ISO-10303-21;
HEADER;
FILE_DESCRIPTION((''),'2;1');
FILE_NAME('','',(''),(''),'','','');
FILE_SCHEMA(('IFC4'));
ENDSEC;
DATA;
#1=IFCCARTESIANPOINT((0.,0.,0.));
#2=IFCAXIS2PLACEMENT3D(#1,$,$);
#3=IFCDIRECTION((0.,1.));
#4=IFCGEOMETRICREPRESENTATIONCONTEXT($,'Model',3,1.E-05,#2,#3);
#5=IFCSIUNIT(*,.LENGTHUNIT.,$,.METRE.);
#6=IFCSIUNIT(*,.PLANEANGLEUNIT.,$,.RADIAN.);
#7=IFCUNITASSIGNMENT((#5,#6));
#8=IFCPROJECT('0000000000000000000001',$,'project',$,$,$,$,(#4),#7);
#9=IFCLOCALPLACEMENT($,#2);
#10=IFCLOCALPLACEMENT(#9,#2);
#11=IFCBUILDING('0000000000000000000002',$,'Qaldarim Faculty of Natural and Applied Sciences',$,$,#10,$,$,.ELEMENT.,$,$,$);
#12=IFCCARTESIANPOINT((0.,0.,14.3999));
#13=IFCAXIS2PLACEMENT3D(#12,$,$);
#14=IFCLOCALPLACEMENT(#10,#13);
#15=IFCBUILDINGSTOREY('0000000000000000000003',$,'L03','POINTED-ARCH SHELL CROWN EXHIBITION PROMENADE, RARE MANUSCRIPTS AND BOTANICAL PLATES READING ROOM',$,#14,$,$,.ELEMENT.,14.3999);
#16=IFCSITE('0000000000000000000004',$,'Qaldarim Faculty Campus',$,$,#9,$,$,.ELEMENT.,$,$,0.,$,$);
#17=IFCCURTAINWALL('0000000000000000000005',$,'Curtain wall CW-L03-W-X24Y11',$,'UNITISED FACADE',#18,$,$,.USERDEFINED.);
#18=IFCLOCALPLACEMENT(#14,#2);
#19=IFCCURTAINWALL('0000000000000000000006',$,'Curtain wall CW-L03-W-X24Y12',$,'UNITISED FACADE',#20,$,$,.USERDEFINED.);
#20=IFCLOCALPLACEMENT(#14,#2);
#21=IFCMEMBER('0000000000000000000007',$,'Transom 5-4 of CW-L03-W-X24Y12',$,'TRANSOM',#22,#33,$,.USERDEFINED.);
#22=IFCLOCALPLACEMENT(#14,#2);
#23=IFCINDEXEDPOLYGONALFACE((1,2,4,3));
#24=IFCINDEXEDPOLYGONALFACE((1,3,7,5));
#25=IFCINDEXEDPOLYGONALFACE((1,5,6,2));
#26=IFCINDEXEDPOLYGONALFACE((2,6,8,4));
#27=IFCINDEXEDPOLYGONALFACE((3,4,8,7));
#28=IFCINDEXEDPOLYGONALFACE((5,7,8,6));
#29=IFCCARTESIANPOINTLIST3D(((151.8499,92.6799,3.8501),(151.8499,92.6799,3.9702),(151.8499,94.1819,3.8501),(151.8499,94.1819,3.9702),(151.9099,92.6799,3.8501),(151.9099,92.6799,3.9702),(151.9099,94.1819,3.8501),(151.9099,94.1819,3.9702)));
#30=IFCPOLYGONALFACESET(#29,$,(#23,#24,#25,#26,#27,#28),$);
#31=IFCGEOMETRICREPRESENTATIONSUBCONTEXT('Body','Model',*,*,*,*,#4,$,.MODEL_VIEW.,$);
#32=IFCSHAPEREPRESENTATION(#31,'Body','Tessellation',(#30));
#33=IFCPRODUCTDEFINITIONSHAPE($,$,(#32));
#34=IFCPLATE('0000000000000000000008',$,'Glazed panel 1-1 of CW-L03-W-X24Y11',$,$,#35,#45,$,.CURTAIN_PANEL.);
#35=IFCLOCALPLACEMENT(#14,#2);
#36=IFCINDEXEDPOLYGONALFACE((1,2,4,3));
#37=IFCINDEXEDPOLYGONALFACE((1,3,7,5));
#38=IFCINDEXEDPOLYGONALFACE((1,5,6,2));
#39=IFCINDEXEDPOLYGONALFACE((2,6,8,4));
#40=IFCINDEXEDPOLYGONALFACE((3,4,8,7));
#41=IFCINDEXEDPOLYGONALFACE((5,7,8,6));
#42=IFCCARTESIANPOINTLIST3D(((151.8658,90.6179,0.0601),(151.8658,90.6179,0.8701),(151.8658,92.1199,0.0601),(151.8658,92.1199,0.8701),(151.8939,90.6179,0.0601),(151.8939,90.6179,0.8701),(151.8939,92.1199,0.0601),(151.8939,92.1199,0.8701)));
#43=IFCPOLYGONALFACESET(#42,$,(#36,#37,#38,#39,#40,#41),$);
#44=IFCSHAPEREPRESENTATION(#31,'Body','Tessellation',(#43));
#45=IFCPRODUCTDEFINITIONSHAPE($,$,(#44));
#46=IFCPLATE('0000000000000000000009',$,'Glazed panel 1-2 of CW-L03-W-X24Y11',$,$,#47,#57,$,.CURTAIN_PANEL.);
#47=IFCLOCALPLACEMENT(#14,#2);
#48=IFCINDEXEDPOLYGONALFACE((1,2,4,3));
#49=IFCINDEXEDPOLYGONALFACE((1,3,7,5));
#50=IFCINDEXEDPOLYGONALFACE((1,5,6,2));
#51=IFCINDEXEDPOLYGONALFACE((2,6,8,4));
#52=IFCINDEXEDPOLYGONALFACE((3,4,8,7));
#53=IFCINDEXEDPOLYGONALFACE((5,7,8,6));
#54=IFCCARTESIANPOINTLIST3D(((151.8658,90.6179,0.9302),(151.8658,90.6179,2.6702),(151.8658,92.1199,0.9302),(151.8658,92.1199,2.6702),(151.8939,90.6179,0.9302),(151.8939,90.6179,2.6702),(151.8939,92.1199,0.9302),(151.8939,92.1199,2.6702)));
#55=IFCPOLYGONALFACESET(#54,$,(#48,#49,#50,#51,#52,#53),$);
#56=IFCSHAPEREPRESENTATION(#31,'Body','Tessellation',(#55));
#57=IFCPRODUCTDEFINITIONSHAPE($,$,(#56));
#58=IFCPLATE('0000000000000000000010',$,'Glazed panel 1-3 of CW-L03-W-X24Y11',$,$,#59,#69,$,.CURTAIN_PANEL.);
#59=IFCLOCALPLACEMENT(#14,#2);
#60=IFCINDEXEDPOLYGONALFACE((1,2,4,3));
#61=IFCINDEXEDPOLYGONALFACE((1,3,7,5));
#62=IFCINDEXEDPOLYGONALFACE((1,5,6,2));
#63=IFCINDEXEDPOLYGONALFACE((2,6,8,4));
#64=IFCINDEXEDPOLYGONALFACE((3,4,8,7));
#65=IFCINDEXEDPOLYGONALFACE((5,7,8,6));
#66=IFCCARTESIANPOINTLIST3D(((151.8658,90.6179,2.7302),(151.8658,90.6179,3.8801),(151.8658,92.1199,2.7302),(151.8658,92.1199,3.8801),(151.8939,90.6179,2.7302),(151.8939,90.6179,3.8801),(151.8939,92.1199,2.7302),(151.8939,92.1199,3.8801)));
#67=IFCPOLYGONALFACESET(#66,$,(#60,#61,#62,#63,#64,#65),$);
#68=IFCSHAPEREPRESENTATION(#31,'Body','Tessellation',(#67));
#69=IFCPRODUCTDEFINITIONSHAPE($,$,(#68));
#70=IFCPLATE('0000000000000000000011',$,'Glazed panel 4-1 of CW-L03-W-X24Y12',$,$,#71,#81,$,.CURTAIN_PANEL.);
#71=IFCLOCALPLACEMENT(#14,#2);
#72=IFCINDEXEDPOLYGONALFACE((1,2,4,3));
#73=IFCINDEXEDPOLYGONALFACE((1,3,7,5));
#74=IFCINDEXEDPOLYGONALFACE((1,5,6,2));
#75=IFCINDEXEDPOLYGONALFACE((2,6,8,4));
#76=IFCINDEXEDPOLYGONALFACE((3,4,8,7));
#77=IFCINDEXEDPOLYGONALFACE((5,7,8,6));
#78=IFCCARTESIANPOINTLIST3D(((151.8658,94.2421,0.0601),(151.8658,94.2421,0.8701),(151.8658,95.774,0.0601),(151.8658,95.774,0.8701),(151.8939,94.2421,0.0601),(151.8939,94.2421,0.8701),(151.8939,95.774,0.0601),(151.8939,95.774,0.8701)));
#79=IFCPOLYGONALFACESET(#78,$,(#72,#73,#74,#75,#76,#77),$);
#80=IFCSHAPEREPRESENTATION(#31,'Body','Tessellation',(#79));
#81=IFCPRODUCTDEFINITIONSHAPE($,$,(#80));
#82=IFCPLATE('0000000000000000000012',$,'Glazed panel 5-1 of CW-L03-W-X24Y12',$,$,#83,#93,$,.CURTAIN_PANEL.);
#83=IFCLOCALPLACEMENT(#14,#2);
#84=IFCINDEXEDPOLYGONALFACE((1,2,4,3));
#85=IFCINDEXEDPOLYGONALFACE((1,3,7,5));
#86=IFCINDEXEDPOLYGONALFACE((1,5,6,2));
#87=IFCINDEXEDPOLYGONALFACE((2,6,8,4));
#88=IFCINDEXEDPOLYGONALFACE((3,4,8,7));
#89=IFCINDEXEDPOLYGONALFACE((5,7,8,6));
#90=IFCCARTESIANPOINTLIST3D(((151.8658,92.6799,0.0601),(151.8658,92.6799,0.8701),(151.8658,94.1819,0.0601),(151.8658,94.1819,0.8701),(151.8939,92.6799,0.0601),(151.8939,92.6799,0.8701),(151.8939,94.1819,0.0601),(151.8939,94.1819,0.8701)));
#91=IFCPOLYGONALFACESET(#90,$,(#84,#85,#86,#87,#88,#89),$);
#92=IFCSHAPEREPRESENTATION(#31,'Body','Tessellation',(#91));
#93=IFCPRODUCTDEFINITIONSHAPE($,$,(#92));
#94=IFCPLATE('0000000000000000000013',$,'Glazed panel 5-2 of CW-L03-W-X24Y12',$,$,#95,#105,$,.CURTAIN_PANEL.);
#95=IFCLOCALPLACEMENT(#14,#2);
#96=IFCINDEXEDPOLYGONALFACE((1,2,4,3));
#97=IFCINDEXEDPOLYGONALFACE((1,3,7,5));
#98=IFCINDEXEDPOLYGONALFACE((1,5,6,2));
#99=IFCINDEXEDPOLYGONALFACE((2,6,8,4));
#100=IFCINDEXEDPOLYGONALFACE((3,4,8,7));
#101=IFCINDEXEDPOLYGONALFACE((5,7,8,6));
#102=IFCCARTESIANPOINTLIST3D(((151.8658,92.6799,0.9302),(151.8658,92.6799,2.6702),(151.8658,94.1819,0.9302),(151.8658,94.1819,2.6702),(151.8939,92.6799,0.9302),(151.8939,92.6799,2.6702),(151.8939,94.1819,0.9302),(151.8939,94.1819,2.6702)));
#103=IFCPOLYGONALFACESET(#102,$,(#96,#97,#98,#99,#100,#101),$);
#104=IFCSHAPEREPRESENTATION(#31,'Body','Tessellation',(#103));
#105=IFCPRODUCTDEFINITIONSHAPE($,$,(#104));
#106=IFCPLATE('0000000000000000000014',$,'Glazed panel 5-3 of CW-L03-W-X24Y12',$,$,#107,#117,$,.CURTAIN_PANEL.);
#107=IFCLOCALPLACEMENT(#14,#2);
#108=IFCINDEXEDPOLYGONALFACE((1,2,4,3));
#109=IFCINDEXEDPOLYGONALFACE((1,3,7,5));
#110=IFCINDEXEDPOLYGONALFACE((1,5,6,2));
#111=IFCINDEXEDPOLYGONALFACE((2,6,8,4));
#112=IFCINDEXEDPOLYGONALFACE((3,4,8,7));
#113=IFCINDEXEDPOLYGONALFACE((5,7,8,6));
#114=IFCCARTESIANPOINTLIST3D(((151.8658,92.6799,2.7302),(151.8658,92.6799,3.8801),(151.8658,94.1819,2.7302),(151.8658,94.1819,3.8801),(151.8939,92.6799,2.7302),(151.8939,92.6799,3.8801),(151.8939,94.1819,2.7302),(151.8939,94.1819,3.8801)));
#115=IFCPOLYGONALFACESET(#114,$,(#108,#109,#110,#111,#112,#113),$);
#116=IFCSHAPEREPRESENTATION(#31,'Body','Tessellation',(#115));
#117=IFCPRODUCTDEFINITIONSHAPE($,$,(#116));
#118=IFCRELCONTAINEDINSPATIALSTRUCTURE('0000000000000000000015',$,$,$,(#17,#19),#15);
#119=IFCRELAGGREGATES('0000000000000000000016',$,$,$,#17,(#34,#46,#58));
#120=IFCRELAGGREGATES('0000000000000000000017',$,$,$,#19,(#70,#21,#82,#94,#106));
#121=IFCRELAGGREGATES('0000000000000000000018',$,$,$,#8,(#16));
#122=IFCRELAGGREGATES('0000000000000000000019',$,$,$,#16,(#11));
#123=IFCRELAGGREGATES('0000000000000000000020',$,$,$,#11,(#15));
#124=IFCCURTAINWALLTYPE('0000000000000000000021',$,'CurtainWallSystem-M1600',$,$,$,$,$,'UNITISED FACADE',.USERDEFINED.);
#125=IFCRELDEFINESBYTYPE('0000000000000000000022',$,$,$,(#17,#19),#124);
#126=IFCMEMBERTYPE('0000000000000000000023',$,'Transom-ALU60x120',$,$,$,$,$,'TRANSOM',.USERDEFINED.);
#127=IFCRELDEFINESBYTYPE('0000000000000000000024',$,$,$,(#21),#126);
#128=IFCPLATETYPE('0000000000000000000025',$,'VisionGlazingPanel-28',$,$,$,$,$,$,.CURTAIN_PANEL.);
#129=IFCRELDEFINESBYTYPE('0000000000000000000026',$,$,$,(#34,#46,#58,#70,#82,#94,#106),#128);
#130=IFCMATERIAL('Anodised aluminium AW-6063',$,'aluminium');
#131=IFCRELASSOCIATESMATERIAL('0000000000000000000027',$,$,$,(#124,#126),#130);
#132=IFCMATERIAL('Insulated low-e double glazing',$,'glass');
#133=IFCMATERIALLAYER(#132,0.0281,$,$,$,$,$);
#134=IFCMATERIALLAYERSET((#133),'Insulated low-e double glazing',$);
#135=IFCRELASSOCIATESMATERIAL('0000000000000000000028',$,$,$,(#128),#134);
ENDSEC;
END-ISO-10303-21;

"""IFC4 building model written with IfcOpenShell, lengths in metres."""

from ifc_helpers import new_model, si_unit, direction, frame, origin, origin_2d, place, context, subcontext, project, spatial, rectangle, extrude, material, layer, layer_set, material_profile, profile_set, type_object, element, aggregate, save


model = new_model("IFC4")

# Units and contexts
model_context = context("Model", 3, precision=1e-05, world=origin(), true_north=direction((0.0, 1.0)))
body_context = subcontext(model_context, "Body", "Model", "MODEL_VIEW")
ifc_project = project(units=[si_unit("LENGTHUNIT", "METRE"), si_unit("PLANEANGLEUNIT", "RADIAN")], contexts=[model_context])

# Site, building, storey
site_placement = place(None, origin())
site = spatial("IfcSite", under=ifc_project, at=site_placement, Name="Qaldarim Faculty Campus", CompositionType="ELEMENT", RefElevation=0.0)
building_placement = place(site_placement, origin())
building = spatial("IfcBuilding", under=site, at=building_placement, Name="Qaldarim Faculty of Natural and Applied Sciences", CompositionType="ELEMENT")
storey_placement = place(building_placement, frame((0.0, 0.0, 14.3999)))
storey = spatial("IfcBuildingStorey", under=building, at=storey_placement, Name="L03", Description="POINTED-ARCH SHELL CROWN EXHIBITION PROMENADE, RARE MANUSCRIPTS AND BOTANICAL PLATES READING ROOM", CompositionType="ELEMENT", Elevation=14.3999)

# Curtain walls
ifc_material_1 = material(Name="Anodised aluminium AW-6063", Category="aluminium")
curtain_wall_type = type_object("IfcCurtainWallType", Name="CurtainWallSystem-M1600", ElementType="UNITISED FACADE", PredefinedType="USERDEFINED", material=ifc_material_1)
curtain_wall_1_placement = place(storey_placement, origin())
curtain_wall_1 = element("IfcCurtainWall", 1, at=curtain_wall_1_placement, inside=storey, type_object=curtain_wall_type, Name="Curtain wall CW-L03-W-X24Y11", ObjectType="UNITISED FACADE", PredefinedType="USERDEFINED")
curtain_wall_2_placement = place(storey_placement, origin())
curtain_wall_2 = element("IfcCurtainWall", 2, at=curtain_wall_2_placement, inside=storey, type_object=curtain_wall_type, Name="Curtain wall CW-L03-W-X24Y12", ObjectType="UNITISED FACADE", PredefinedType="USERDEFINED")

# Member
ifc_material_profile_1 = material_profile(ifc_material_1, rectangle(XDim=0.0601, YDim=0.1201, at=origin_2d()), Name="ALU-T60x120")
ifc_profile_set_1 = profile_set([ifc_material_profile_1], Name="Anodised aluminium AW-6063")
member_type_1 = type_object("IfcMemberType", Name="Transom-ALU60x120", ElementType="TRANSOM", PredefinedType="USERDEFINED", material=ifc_profile_set_1)
member_1_placement = place(storey_placement, frame((151.8799, 94.1819, 3.9102), z_axis=(0.0, -1.0, 0.0), x_axis=(1.0, 0.0, 0.0)))
member_1 = element("IfcMember", 3, at=member_1_placement, type_object=member_type_1, Name="Transom 5-4 of CW-L03-W-X24Y12", ObjectType="TRANSOM", PredefinedType="USERDEFINED", context=body_context, shape_type="SweptSolid", body=[
    extrude(rectangle(XDim=0.0601, YDim=0.1201, at=origin_2d()), origin(), (0.0, 0.0, 1.0), 1.502),
])

# Plates
ifc_material_2 = material(Name="Insulated low-e double glazing", Category="glass")
ifc_layer = layer(ifc_material_2, 0.0281)
ifc_layer_set = layer_set([ifc_layer], Name="Insulated low-e double glazing")
plate_type = type_object("IfcPlateType", Name="VisionGlazingPanel-28", PredefinedType="CURTAIN_PANEL", material=ifc_layer_set)
plate_1_placement = place(storey_placement, frame((151.8799, 91.3689, 0.0601), z_axis=(0.0, 0.0, 1.0), x_axis=(0.0, -1.0, 0.0)))
plate_1 = element("IfcPlate", 4, at=plate_1_placement, type_object=plate_type, Name="Glazed panel 1-1 of CW-L03-W-X24Y11", PredefinedType="CURTAIN_PANEL", context=body_context, shape_type="SweptSolid", body=[
    extrude(rectangle(XDim=1.502, YDim=0.0281, at=origin_2d()), origin(), (0.0, 0.0, 1.0), 0.8101),
])
plate_2_placement = place(storey_placement, frame((151.8799, 91.3689, 0.9302), z_axis=(0.0, 0.0, 1.0), x_axis=(0.0, -1.0, 0.0)))
plate_2 = element("IfcPlate", 5, at=plate_2_placement, type_object=plate_type, Name="Glazed panel 1-2 of CW-L03-W-X24Y11", PredefinedType="CURTAIN_PANEL", context=body_context, shape_type="SweptSolid", body=[
    extrude(rectangle(XDim=1.502, YDim=0.0281, at=origin_2d()), origin(), (0.0, 0.0, 1.0), 1.74),
])
plate_3_placement = place(storey_placement, frame((151.8799, 91.3689, 2.7302), z_axis=(0.0, 0.0, 1.0), x_axis=(0.0, -1.0, 0.0)))
plate_3 = element("IfcPlate", 6, at=plate_3_placement, type_object=plate_type, Name="Glazed panel 1-3 of CW-L03-W-X24Y11", PredefinedType="CURTAIN_PANEL", context=body_context, shape_type="SweptSolid", body=[
    extrude(rectangle(XDim=1.502, YDim=0.0281, at=origin_2d()), origin(), (0.0, 0.0, 1.0), 1.1499),
])
aggregate(curtain_wall_1, [plate_1, plate_2, plate_3])
plate_4_placement = place(storey_placement, frame((151.8799, 95.0081, 0.0601), z_axis=(0.0, 0.0, 1.0), x_axis=(0.0, -1.0, 0.0)))
plate_4 = element("IfcPlate", 7, at=plate_4_placement, type_object=plate_type, Name="Glazed panel 4-1 of CW-L03-W-X24Y12", PredefinedType="CURTAIN_PANEL", context=body_context, shape_type="SweptSolid", body=[
    extrude(rectangle(XDim=1.532, YDim=0.0281, at=origin_2d()), origin(), (0.0, 0.0, 1.0), 0.8101),
])
plate_5_placement = place(storey_placement, frame((151.8799, 93.4309, 0.0601), z_axis=(0.0, 0.0, 1.0), x_axis=(0.0, -1.0, 0.0)))
plate_5 = element("IfcPlate", 8, at=plate_5_placement, type_object=plate_type, Name="Glazed panel 5-1 of CW-L03-W-X24Y12", PredefinedType="CURTAIN_PANEL", context=body_context, shape_type="SweptSolid", body=[
    extrude(rectangle(XDim=1.502, YDim=0.0281, at=origin_2d()), origin(), (0.0, 0.0, 1.0), 0.8101),
])
plate_6_placement = place(storey_placement, frame((151.8799, 93.4309, 0.9302), z_axis=(0.0, 0.0, 1.0), x_axis=(0.0, -1.0, 0.0)))
plate_6 = element("IfcPlate", 9, at=plate_6_placement, type_object=plate_type, Name="Glazed panel 5-2 of CW-L03-W-X24Y12", PredefinedType="CURTAIN_PANEL", context=body_context, shape_type="SweptSolid", body=[
    extrude(rectangle(XDim=1.502, YDim=0.0281, at=origin_2d()), origin(), (0.0, 0.0, 1.0), 1.74),
])
plate_7_placement = place(storey_placement, frame((151.8799, 93.4309, 2.7302), z_axis=(0.0, 0.0, 1.0), x_axis=(0.0, -1.0, 0.0)))
plate_7 = element("IfcPlate", 10, at=plate_7_placement, type_object=plate_type, Name="Glazed panel 5-3 of CW-L03-W-X24Y12", PredefinedType="CURTAIN_PANEL", context=body_context, shape_type="SweptSolid", body=[
    extrude(rectangle(XDim=1.502, YDim=0.0281, at=origin_2d()), origin(), (0.0, 0.0, 1.0), 1.1499),
])
aggregate(curtain_wall_2, [plate_4, member_1, plate_5, plate_6, plate_7])

save(model, "model.ifc")
